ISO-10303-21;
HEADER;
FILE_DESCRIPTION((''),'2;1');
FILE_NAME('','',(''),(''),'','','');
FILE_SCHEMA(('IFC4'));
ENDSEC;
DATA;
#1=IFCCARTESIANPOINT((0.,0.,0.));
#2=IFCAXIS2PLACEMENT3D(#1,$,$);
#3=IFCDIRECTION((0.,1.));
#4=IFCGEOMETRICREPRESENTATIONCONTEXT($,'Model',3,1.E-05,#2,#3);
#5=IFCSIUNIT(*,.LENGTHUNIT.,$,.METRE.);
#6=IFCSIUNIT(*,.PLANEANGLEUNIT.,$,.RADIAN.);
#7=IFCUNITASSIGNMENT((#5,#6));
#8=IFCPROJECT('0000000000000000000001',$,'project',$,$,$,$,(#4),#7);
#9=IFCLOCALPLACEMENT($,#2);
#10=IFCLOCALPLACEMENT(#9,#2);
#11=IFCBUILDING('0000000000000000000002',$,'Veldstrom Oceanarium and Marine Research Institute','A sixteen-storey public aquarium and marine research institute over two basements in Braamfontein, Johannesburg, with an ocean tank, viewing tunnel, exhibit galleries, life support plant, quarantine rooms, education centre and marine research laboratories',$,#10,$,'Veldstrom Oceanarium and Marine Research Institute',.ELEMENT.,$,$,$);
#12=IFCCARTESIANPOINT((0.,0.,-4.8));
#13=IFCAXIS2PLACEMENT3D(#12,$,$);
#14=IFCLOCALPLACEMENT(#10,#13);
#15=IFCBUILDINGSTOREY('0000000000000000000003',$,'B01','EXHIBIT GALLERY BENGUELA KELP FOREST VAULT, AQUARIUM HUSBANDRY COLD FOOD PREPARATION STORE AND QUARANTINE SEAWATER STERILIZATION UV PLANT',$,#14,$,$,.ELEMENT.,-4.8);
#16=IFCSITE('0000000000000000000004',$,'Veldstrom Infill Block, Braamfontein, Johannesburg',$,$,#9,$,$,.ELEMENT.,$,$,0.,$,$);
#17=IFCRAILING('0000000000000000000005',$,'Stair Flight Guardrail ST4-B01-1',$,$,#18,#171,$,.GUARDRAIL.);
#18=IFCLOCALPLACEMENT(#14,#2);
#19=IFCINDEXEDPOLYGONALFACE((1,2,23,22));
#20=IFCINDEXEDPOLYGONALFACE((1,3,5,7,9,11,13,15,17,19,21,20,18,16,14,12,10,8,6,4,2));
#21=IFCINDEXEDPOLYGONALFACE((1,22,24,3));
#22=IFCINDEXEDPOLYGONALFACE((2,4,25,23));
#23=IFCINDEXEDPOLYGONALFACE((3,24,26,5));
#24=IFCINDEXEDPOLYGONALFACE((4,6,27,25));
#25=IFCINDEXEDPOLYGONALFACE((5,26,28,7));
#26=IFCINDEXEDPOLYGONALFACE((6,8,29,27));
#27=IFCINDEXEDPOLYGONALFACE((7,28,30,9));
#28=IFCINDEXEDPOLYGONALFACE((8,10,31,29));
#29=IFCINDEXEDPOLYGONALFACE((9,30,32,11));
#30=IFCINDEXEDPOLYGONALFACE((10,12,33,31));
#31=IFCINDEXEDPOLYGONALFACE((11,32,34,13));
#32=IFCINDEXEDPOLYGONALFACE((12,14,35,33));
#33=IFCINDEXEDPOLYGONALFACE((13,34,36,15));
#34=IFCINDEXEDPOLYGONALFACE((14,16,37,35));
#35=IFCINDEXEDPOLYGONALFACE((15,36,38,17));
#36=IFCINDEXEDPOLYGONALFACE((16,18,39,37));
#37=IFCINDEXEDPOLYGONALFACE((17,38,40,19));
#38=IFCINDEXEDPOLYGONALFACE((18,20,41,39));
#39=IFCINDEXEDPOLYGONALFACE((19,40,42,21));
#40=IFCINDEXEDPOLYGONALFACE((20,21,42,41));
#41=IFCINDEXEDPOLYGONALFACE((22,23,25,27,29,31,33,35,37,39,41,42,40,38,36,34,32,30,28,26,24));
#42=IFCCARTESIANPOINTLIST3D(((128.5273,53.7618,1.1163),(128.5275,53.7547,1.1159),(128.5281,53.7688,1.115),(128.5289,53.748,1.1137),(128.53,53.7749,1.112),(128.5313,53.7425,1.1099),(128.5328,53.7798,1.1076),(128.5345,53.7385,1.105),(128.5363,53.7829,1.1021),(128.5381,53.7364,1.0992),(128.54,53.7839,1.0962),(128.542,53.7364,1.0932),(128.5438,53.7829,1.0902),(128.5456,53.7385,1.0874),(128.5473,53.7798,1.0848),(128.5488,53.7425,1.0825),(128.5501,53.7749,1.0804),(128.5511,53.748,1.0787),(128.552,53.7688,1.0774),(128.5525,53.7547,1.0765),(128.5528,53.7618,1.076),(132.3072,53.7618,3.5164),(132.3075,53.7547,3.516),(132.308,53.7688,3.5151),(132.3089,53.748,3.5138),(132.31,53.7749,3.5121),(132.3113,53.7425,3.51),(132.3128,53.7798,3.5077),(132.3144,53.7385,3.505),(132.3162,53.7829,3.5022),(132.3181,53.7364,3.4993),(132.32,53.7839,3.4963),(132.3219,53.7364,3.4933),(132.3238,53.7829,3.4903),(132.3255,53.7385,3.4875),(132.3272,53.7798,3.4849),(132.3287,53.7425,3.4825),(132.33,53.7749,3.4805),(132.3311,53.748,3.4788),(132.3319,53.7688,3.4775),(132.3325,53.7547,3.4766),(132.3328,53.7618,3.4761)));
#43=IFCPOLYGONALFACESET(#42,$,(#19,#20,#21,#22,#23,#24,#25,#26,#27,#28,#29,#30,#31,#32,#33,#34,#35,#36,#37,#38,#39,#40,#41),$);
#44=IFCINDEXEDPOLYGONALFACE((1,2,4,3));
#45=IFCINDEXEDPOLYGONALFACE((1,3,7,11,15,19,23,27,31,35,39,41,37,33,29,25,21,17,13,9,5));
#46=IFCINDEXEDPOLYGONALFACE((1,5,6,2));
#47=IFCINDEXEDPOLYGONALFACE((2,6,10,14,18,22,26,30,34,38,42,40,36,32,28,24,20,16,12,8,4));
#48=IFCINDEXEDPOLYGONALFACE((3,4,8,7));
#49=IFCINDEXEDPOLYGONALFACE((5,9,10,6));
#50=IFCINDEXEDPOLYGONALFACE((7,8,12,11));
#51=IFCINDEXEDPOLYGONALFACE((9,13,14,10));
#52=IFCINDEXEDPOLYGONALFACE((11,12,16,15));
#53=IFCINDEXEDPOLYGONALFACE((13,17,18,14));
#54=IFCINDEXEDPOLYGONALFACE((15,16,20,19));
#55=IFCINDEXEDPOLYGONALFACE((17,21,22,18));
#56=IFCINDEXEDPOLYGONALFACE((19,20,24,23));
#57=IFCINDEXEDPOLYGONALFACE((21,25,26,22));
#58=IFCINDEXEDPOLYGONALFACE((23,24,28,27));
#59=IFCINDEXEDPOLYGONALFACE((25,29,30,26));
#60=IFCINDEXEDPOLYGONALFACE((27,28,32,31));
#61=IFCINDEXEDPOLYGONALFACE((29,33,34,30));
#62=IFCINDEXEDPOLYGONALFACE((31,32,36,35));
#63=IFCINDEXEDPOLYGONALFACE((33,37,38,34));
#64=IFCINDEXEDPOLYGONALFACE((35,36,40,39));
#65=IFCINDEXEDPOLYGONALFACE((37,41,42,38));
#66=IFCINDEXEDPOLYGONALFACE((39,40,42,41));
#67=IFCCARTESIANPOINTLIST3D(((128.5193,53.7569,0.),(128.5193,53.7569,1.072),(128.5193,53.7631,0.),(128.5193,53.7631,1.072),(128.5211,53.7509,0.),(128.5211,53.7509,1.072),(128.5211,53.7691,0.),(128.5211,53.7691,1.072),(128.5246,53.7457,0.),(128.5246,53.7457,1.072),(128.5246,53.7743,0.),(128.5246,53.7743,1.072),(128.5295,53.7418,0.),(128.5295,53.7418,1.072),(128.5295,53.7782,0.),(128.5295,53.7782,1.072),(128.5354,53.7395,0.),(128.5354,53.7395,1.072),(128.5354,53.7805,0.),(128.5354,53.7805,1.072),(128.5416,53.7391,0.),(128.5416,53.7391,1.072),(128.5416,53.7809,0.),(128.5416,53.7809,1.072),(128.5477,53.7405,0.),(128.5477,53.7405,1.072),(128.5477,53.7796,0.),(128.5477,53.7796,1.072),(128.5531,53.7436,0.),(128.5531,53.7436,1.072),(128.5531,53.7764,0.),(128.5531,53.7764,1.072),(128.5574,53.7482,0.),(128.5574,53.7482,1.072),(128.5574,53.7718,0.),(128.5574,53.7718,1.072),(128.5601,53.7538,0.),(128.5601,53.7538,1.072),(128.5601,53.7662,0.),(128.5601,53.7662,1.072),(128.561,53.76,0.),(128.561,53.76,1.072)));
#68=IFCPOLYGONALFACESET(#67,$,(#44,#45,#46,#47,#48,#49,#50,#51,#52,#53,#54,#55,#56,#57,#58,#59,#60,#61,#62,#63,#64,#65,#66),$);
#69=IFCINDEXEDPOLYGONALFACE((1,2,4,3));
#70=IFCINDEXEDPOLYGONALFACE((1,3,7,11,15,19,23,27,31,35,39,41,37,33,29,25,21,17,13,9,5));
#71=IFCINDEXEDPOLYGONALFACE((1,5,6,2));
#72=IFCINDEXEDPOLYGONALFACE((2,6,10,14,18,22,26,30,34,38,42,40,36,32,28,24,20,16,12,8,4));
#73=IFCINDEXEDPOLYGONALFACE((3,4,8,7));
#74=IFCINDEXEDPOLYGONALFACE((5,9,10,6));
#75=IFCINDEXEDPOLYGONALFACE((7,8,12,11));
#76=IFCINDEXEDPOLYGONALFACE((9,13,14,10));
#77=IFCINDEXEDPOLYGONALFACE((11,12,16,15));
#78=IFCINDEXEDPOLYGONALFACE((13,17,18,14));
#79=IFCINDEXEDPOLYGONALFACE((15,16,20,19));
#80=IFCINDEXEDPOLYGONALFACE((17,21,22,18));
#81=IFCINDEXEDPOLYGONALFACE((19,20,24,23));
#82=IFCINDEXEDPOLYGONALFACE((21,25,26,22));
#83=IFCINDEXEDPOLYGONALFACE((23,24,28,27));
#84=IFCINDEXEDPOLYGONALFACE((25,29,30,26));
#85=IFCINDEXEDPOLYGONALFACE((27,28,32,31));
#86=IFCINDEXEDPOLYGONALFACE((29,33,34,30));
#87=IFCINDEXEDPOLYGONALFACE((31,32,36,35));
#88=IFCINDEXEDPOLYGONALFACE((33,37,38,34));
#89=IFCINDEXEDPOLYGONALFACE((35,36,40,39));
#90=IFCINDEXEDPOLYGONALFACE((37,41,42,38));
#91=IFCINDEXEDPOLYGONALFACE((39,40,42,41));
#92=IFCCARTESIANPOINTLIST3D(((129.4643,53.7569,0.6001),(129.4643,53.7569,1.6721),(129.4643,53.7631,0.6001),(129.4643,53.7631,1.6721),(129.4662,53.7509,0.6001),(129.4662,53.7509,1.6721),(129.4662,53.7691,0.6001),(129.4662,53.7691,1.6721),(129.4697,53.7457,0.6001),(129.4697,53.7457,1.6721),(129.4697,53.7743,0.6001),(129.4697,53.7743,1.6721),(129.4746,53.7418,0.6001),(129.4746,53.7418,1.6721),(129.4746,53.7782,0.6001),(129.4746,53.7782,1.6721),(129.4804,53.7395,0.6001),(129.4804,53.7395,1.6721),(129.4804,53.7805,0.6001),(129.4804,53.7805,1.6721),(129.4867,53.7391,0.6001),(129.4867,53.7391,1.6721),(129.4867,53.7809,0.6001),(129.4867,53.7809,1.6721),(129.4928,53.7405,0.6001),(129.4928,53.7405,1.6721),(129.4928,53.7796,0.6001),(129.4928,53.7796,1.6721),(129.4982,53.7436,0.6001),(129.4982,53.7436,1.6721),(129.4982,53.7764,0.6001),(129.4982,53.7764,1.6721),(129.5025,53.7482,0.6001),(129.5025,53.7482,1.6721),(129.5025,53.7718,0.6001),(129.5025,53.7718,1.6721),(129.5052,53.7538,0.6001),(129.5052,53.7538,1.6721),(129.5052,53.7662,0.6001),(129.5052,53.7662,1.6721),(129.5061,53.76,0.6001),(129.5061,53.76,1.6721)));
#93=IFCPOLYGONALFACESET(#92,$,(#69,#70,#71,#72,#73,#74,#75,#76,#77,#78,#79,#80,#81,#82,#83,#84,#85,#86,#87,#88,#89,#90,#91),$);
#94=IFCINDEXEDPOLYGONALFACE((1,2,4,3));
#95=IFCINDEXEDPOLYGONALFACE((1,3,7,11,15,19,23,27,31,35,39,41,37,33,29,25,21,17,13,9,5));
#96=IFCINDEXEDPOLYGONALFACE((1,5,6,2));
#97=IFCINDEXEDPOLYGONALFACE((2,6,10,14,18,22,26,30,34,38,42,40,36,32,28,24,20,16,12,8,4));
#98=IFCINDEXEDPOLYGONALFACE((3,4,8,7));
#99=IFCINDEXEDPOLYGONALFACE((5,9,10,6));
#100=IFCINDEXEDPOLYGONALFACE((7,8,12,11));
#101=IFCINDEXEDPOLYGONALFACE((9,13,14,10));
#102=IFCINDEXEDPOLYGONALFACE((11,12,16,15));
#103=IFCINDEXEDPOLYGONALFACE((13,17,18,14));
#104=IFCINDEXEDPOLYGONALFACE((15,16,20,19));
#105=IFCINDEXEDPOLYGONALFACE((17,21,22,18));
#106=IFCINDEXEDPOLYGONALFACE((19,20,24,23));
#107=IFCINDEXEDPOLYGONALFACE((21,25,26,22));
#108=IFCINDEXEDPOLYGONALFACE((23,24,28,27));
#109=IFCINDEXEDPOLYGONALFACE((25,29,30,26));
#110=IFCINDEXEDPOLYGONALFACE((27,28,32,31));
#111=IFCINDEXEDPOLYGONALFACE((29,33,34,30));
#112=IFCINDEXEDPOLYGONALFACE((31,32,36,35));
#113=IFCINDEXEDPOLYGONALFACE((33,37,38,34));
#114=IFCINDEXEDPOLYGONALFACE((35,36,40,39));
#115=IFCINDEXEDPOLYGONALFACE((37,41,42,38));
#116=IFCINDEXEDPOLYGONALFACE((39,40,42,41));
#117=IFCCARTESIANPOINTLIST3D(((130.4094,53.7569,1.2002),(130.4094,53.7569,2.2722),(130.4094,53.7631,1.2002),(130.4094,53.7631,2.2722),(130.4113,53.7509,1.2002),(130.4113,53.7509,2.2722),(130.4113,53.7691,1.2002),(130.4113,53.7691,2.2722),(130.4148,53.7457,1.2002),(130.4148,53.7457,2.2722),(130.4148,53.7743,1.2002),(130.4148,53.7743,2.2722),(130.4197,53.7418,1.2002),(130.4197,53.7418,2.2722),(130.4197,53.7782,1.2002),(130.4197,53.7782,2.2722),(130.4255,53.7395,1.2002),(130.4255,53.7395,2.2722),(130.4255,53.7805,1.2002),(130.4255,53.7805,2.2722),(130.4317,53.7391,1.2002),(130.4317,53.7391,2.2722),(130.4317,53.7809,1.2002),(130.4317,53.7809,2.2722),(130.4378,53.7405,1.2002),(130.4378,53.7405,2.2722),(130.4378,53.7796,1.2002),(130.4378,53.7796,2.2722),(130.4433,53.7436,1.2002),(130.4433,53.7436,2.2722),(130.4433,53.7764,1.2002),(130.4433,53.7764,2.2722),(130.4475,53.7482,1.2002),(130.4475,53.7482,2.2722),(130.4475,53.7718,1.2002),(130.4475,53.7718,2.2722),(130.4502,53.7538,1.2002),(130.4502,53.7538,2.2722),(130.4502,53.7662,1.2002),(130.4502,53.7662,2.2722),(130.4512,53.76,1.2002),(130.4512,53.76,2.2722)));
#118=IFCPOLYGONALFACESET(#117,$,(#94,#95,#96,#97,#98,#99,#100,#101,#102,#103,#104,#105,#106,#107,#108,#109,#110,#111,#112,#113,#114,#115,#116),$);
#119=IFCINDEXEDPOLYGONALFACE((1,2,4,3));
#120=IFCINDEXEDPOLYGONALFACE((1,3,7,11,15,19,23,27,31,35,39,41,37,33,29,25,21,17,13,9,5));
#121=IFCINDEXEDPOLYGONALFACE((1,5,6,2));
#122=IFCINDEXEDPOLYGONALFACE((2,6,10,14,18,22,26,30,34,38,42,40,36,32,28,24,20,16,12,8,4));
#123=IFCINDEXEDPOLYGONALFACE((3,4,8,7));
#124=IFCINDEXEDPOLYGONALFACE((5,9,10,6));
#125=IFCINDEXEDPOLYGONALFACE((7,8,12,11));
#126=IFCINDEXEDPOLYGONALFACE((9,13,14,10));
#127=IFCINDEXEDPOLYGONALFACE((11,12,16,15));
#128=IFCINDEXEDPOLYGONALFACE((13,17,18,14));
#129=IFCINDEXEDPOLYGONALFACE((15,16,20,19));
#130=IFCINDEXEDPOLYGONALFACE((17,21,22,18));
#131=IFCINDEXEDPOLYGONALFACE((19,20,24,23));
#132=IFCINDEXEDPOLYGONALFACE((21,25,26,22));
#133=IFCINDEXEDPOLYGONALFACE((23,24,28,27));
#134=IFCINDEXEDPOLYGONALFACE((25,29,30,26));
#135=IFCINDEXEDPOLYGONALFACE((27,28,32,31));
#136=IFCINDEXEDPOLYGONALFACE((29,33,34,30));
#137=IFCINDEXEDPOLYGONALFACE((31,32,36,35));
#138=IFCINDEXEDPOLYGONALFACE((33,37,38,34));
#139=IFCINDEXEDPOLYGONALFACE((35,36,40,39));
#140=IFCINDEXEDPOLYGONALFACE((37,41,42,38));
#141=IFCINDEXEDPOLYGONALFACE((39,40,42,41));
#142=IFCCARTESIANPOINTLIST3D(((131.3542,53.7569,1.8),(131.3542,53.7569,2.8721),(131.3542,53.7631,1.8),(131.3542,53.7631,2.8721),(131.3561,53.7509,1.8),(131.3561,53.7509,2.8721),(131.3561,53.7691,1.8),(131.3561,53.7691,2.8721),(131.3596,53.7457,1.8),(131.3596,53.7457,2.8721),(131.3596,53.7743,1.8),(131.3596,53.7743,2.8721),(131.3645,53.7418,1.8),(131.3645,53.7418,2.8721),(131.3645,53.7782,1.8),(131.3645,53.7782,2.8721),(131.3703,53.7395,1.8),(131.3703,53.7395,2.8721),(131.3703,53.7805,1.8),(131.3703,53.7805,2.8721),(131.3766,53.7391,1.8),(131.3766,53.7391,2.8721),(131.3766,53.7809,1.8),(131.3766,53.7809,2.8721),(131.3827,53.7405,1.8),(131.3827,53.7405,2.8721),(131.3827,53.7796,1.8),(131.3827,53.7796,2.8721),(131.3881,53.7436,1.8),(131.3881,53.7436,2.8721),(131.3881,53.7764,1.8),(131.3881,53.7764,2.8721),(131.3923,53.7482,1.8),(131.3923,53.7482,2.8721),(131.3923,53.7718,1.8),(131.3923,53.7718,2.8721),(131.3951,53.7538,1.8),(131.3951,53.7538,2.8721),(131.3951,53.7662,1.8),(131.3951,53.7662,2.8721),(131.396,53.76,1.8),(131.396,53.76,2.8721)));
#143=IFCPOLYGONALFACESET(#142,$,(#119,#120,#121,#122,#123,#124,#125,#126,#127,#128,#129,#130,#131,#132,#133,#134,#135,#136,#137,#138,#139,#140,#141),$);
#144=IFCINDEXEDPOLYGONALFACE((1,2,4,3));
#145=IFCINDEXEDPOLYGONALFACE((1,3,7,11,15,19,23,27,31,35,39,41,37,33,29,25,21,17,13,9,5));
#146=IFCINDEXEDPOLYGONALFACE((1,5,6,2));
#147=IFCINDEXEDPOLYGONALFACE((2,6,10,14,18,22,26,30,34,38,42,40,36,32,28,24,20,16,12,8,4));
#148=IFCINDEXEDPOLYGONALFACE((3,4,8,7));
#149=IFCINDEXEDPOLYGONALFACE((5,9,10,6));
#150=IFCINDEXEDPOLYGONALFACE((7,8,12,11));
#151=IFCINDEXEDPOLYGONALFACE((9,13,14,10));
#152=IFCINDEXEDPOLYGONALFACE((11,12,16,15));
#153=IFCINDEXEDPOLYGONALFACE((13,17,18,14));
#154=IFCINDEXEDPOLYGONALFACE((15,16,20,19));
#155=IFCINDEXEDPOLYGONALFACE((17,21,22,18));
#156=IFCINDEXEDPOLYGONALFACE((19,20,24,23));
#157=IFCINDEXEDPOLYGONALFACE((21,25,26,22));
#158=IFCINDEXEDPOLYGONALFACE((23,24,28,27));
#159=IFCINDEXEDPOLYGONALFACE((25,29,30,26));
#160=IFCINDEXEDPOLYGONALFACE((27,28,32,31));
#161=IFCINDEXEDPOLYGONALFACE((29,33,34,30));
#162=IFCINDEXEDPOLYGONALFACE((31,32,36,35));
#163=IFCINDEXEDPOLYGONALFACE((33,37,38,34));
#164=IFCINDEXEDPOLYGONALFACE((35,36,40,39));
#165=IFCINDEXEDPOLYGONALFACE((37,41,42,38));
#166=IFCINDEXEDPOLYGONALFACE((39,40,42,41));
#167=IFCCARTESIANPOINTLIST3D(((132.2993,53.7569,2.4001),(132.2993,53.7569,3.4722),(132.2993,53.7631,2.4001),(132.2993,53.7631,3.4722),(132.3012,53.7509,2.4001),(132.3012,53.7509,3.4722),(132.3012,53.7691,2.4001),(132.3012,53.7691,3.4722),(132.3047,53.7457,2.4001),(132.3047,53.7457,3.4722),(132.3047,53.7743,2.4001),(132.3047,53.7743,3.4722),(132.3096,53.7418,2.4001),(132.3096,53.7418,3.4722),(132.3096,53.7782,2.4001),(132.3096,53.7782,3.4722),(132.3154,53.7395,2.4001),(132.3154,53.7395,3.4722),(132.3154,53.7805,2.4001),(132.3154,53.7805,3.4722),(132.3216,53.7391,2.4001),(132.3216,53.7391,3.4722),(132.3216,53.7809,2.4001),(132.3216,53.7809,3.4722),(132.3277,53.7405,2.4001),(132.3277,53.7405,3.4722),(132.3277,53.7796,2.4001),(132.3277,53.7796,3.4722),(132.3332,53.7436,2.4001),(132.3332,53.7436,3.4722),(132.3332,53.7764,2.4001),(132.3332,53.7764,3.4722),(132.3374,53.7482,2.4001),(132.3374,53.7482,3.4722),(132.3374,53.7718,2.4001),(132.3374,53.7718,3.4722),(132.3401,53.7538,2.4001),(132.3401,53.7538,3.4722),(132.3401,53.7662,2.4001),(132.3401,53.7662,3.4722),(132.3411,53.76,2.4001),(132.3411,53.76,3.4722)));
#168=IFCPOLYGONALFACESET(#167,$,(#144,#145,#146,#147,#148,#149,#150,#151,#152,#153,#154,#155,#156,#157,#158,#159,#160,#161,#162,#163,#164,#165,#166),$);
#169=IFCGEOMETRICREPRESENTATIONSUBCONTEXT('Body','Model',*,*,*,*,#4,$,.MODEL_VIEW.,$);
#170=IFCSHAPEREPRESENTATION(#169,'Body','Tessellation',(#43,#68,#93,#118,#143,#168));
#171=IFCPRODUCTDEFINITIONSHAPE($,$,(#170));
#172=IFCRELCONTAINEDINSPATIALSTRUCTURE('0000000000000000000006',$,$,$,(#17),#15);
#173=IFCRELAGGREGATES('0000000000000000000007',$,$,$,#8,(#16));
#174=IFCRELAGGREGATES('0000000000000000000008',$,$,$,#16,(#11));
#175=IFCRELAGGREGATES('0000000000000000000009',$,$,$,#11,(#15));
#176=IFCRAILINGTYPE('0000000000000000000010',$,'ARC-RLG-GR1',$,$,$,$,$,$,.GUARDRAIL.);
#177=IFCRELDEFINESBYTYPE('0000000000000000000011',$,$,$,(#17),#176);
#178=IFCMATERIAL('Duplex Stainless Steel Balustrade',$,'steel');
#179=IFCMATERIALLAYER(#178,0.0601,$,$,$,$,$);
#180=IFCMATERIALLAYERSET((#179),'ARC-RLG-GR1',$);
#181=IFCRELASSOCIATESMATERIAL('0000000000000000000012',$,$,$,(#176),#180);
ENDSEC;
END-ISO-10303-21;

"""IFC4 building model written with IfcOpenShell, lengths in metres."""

from ifc_helpers import new_model, si_unit, direction, frame, origin, origin_2d, place, context, subcontext, project, spatial, circle, extrude, material, layer, layer_set, type_object, element, save


model = new_model("IFC4")

# Units and contexts
model_context = context("Model", 3, precision=1e-05, world=origin(), true_north=direction((0.0, 1.0)))
body_context = subcontext(model_context, "Body", "Model", "MODEL_VIEW")
ifc_project = project(units=[si_unit("LENGTHUNIT", "METRE"), si_unit("PLANEANGLEUNIT", "RADIAN")], contexts=[model_context])

# Site, building, storey
site_placement = place(None, origin())
site = spatial("IfcSite", under=ifc_project, at=site_placement, Name="Veldstrom Infill Block, Braamfontein, Johannesburg", CompositionType="ELEMENT", RefElevation=0.0)
building_placement = place(site_placement, origin())
building = spatial("IfcBuilding", under=site, at=building_placement, Name="Veldstrom Oceanarium and Marine Research Institute", Description="A sixteen-storey public aquarium and marine research institute over two basements in Braamfontein, Johannesburg, with an ocean tank, viewing tunnel, exhibit galleries, life support plant, quarantine rooms, education centre and marine research laboratories", LongName="Veldstrom Oceanarium and Marine Research Institute", CompositionType="ELEMENT")
storey_placement = place(building_placement, frame((0.0, 0.0, -4.8)))
storey = spatial("IfcBuildingStorey", under=building, at=storey_placement, Name="B01", Description="EXHIBIT GALLERY BENGUELA KELP FOREST VAULT, AQUARIUM HUSBANDRY COLD FOOD PREPARATION STORE AND QUARANTINE SEAWATER STERILIZATION UV PLANT", CompositionType="ELEMENT", Elevation=-4.8)

# Railing
ifc_material_1 = material(Name="Duplex Stainless Steel Balustrade", Category="steel")
ifc_layer_1 = layer(ifc_material_1, 0.0601)
ifc_layer_set_1 = layer_set([ifc_layer_1], Name="ARC-RLG-GR1")
railing_type = type_object("IfcRailingType", Name="ARC-RLG-GR1", PredefinedType="GUARDRAIL", material=ifc_layer_set_1)
railing_1_placement = place(storey_placement, frame((128.54, 53.76, 0.0)))
element("IfcRailing", 1, at=railing_1_placement, inside=storey, type_object=railing_type, Name="Stair Flight Guardrail ST4-B01-1", PredefinedType="GUARDRAIL", context=body_context, shape_type="SweptSolid", body=[
    extrude(circle(Radius=0.0239, at=origin_2d()), frame((0.0, 0.0, 1.0962), z_axis=(0.8442, 0.0, 0.536028), x_axis=(0.0, 1.0, 0.0)), (0.0, 0.0, 1.0), 4.4775),
    extrude(circle(Radius=0.021, at=origin_2d()), origin(), (0.0, 0.0, 1.0), 1.072),
    extrude(circle(Radius=0.021, at=origin_2d()), frame((0.9451, 0.0, 0.6001)), (0.0, 0.0, 1.0), 1.072),
    extrude(circle(Radius=0.021, at=origin_2d()), frame((1.8901, 0.0, 1.2002)), (0.0, 0.0, 1.0), 1.072),
    extrude(circle(Radius=0.021, at=origin_2d()), frame((2.835, 0.0, 1.8)), (0.0, 0.0, 1.0), 1.072),
    extrude(circle(Radius=0.021, at=origin_2d()), frame((3.78, 0.0, 2.4001)), (0.0, 0.0, 1.0), 1.072),
])

save(model, "model.ifc")
